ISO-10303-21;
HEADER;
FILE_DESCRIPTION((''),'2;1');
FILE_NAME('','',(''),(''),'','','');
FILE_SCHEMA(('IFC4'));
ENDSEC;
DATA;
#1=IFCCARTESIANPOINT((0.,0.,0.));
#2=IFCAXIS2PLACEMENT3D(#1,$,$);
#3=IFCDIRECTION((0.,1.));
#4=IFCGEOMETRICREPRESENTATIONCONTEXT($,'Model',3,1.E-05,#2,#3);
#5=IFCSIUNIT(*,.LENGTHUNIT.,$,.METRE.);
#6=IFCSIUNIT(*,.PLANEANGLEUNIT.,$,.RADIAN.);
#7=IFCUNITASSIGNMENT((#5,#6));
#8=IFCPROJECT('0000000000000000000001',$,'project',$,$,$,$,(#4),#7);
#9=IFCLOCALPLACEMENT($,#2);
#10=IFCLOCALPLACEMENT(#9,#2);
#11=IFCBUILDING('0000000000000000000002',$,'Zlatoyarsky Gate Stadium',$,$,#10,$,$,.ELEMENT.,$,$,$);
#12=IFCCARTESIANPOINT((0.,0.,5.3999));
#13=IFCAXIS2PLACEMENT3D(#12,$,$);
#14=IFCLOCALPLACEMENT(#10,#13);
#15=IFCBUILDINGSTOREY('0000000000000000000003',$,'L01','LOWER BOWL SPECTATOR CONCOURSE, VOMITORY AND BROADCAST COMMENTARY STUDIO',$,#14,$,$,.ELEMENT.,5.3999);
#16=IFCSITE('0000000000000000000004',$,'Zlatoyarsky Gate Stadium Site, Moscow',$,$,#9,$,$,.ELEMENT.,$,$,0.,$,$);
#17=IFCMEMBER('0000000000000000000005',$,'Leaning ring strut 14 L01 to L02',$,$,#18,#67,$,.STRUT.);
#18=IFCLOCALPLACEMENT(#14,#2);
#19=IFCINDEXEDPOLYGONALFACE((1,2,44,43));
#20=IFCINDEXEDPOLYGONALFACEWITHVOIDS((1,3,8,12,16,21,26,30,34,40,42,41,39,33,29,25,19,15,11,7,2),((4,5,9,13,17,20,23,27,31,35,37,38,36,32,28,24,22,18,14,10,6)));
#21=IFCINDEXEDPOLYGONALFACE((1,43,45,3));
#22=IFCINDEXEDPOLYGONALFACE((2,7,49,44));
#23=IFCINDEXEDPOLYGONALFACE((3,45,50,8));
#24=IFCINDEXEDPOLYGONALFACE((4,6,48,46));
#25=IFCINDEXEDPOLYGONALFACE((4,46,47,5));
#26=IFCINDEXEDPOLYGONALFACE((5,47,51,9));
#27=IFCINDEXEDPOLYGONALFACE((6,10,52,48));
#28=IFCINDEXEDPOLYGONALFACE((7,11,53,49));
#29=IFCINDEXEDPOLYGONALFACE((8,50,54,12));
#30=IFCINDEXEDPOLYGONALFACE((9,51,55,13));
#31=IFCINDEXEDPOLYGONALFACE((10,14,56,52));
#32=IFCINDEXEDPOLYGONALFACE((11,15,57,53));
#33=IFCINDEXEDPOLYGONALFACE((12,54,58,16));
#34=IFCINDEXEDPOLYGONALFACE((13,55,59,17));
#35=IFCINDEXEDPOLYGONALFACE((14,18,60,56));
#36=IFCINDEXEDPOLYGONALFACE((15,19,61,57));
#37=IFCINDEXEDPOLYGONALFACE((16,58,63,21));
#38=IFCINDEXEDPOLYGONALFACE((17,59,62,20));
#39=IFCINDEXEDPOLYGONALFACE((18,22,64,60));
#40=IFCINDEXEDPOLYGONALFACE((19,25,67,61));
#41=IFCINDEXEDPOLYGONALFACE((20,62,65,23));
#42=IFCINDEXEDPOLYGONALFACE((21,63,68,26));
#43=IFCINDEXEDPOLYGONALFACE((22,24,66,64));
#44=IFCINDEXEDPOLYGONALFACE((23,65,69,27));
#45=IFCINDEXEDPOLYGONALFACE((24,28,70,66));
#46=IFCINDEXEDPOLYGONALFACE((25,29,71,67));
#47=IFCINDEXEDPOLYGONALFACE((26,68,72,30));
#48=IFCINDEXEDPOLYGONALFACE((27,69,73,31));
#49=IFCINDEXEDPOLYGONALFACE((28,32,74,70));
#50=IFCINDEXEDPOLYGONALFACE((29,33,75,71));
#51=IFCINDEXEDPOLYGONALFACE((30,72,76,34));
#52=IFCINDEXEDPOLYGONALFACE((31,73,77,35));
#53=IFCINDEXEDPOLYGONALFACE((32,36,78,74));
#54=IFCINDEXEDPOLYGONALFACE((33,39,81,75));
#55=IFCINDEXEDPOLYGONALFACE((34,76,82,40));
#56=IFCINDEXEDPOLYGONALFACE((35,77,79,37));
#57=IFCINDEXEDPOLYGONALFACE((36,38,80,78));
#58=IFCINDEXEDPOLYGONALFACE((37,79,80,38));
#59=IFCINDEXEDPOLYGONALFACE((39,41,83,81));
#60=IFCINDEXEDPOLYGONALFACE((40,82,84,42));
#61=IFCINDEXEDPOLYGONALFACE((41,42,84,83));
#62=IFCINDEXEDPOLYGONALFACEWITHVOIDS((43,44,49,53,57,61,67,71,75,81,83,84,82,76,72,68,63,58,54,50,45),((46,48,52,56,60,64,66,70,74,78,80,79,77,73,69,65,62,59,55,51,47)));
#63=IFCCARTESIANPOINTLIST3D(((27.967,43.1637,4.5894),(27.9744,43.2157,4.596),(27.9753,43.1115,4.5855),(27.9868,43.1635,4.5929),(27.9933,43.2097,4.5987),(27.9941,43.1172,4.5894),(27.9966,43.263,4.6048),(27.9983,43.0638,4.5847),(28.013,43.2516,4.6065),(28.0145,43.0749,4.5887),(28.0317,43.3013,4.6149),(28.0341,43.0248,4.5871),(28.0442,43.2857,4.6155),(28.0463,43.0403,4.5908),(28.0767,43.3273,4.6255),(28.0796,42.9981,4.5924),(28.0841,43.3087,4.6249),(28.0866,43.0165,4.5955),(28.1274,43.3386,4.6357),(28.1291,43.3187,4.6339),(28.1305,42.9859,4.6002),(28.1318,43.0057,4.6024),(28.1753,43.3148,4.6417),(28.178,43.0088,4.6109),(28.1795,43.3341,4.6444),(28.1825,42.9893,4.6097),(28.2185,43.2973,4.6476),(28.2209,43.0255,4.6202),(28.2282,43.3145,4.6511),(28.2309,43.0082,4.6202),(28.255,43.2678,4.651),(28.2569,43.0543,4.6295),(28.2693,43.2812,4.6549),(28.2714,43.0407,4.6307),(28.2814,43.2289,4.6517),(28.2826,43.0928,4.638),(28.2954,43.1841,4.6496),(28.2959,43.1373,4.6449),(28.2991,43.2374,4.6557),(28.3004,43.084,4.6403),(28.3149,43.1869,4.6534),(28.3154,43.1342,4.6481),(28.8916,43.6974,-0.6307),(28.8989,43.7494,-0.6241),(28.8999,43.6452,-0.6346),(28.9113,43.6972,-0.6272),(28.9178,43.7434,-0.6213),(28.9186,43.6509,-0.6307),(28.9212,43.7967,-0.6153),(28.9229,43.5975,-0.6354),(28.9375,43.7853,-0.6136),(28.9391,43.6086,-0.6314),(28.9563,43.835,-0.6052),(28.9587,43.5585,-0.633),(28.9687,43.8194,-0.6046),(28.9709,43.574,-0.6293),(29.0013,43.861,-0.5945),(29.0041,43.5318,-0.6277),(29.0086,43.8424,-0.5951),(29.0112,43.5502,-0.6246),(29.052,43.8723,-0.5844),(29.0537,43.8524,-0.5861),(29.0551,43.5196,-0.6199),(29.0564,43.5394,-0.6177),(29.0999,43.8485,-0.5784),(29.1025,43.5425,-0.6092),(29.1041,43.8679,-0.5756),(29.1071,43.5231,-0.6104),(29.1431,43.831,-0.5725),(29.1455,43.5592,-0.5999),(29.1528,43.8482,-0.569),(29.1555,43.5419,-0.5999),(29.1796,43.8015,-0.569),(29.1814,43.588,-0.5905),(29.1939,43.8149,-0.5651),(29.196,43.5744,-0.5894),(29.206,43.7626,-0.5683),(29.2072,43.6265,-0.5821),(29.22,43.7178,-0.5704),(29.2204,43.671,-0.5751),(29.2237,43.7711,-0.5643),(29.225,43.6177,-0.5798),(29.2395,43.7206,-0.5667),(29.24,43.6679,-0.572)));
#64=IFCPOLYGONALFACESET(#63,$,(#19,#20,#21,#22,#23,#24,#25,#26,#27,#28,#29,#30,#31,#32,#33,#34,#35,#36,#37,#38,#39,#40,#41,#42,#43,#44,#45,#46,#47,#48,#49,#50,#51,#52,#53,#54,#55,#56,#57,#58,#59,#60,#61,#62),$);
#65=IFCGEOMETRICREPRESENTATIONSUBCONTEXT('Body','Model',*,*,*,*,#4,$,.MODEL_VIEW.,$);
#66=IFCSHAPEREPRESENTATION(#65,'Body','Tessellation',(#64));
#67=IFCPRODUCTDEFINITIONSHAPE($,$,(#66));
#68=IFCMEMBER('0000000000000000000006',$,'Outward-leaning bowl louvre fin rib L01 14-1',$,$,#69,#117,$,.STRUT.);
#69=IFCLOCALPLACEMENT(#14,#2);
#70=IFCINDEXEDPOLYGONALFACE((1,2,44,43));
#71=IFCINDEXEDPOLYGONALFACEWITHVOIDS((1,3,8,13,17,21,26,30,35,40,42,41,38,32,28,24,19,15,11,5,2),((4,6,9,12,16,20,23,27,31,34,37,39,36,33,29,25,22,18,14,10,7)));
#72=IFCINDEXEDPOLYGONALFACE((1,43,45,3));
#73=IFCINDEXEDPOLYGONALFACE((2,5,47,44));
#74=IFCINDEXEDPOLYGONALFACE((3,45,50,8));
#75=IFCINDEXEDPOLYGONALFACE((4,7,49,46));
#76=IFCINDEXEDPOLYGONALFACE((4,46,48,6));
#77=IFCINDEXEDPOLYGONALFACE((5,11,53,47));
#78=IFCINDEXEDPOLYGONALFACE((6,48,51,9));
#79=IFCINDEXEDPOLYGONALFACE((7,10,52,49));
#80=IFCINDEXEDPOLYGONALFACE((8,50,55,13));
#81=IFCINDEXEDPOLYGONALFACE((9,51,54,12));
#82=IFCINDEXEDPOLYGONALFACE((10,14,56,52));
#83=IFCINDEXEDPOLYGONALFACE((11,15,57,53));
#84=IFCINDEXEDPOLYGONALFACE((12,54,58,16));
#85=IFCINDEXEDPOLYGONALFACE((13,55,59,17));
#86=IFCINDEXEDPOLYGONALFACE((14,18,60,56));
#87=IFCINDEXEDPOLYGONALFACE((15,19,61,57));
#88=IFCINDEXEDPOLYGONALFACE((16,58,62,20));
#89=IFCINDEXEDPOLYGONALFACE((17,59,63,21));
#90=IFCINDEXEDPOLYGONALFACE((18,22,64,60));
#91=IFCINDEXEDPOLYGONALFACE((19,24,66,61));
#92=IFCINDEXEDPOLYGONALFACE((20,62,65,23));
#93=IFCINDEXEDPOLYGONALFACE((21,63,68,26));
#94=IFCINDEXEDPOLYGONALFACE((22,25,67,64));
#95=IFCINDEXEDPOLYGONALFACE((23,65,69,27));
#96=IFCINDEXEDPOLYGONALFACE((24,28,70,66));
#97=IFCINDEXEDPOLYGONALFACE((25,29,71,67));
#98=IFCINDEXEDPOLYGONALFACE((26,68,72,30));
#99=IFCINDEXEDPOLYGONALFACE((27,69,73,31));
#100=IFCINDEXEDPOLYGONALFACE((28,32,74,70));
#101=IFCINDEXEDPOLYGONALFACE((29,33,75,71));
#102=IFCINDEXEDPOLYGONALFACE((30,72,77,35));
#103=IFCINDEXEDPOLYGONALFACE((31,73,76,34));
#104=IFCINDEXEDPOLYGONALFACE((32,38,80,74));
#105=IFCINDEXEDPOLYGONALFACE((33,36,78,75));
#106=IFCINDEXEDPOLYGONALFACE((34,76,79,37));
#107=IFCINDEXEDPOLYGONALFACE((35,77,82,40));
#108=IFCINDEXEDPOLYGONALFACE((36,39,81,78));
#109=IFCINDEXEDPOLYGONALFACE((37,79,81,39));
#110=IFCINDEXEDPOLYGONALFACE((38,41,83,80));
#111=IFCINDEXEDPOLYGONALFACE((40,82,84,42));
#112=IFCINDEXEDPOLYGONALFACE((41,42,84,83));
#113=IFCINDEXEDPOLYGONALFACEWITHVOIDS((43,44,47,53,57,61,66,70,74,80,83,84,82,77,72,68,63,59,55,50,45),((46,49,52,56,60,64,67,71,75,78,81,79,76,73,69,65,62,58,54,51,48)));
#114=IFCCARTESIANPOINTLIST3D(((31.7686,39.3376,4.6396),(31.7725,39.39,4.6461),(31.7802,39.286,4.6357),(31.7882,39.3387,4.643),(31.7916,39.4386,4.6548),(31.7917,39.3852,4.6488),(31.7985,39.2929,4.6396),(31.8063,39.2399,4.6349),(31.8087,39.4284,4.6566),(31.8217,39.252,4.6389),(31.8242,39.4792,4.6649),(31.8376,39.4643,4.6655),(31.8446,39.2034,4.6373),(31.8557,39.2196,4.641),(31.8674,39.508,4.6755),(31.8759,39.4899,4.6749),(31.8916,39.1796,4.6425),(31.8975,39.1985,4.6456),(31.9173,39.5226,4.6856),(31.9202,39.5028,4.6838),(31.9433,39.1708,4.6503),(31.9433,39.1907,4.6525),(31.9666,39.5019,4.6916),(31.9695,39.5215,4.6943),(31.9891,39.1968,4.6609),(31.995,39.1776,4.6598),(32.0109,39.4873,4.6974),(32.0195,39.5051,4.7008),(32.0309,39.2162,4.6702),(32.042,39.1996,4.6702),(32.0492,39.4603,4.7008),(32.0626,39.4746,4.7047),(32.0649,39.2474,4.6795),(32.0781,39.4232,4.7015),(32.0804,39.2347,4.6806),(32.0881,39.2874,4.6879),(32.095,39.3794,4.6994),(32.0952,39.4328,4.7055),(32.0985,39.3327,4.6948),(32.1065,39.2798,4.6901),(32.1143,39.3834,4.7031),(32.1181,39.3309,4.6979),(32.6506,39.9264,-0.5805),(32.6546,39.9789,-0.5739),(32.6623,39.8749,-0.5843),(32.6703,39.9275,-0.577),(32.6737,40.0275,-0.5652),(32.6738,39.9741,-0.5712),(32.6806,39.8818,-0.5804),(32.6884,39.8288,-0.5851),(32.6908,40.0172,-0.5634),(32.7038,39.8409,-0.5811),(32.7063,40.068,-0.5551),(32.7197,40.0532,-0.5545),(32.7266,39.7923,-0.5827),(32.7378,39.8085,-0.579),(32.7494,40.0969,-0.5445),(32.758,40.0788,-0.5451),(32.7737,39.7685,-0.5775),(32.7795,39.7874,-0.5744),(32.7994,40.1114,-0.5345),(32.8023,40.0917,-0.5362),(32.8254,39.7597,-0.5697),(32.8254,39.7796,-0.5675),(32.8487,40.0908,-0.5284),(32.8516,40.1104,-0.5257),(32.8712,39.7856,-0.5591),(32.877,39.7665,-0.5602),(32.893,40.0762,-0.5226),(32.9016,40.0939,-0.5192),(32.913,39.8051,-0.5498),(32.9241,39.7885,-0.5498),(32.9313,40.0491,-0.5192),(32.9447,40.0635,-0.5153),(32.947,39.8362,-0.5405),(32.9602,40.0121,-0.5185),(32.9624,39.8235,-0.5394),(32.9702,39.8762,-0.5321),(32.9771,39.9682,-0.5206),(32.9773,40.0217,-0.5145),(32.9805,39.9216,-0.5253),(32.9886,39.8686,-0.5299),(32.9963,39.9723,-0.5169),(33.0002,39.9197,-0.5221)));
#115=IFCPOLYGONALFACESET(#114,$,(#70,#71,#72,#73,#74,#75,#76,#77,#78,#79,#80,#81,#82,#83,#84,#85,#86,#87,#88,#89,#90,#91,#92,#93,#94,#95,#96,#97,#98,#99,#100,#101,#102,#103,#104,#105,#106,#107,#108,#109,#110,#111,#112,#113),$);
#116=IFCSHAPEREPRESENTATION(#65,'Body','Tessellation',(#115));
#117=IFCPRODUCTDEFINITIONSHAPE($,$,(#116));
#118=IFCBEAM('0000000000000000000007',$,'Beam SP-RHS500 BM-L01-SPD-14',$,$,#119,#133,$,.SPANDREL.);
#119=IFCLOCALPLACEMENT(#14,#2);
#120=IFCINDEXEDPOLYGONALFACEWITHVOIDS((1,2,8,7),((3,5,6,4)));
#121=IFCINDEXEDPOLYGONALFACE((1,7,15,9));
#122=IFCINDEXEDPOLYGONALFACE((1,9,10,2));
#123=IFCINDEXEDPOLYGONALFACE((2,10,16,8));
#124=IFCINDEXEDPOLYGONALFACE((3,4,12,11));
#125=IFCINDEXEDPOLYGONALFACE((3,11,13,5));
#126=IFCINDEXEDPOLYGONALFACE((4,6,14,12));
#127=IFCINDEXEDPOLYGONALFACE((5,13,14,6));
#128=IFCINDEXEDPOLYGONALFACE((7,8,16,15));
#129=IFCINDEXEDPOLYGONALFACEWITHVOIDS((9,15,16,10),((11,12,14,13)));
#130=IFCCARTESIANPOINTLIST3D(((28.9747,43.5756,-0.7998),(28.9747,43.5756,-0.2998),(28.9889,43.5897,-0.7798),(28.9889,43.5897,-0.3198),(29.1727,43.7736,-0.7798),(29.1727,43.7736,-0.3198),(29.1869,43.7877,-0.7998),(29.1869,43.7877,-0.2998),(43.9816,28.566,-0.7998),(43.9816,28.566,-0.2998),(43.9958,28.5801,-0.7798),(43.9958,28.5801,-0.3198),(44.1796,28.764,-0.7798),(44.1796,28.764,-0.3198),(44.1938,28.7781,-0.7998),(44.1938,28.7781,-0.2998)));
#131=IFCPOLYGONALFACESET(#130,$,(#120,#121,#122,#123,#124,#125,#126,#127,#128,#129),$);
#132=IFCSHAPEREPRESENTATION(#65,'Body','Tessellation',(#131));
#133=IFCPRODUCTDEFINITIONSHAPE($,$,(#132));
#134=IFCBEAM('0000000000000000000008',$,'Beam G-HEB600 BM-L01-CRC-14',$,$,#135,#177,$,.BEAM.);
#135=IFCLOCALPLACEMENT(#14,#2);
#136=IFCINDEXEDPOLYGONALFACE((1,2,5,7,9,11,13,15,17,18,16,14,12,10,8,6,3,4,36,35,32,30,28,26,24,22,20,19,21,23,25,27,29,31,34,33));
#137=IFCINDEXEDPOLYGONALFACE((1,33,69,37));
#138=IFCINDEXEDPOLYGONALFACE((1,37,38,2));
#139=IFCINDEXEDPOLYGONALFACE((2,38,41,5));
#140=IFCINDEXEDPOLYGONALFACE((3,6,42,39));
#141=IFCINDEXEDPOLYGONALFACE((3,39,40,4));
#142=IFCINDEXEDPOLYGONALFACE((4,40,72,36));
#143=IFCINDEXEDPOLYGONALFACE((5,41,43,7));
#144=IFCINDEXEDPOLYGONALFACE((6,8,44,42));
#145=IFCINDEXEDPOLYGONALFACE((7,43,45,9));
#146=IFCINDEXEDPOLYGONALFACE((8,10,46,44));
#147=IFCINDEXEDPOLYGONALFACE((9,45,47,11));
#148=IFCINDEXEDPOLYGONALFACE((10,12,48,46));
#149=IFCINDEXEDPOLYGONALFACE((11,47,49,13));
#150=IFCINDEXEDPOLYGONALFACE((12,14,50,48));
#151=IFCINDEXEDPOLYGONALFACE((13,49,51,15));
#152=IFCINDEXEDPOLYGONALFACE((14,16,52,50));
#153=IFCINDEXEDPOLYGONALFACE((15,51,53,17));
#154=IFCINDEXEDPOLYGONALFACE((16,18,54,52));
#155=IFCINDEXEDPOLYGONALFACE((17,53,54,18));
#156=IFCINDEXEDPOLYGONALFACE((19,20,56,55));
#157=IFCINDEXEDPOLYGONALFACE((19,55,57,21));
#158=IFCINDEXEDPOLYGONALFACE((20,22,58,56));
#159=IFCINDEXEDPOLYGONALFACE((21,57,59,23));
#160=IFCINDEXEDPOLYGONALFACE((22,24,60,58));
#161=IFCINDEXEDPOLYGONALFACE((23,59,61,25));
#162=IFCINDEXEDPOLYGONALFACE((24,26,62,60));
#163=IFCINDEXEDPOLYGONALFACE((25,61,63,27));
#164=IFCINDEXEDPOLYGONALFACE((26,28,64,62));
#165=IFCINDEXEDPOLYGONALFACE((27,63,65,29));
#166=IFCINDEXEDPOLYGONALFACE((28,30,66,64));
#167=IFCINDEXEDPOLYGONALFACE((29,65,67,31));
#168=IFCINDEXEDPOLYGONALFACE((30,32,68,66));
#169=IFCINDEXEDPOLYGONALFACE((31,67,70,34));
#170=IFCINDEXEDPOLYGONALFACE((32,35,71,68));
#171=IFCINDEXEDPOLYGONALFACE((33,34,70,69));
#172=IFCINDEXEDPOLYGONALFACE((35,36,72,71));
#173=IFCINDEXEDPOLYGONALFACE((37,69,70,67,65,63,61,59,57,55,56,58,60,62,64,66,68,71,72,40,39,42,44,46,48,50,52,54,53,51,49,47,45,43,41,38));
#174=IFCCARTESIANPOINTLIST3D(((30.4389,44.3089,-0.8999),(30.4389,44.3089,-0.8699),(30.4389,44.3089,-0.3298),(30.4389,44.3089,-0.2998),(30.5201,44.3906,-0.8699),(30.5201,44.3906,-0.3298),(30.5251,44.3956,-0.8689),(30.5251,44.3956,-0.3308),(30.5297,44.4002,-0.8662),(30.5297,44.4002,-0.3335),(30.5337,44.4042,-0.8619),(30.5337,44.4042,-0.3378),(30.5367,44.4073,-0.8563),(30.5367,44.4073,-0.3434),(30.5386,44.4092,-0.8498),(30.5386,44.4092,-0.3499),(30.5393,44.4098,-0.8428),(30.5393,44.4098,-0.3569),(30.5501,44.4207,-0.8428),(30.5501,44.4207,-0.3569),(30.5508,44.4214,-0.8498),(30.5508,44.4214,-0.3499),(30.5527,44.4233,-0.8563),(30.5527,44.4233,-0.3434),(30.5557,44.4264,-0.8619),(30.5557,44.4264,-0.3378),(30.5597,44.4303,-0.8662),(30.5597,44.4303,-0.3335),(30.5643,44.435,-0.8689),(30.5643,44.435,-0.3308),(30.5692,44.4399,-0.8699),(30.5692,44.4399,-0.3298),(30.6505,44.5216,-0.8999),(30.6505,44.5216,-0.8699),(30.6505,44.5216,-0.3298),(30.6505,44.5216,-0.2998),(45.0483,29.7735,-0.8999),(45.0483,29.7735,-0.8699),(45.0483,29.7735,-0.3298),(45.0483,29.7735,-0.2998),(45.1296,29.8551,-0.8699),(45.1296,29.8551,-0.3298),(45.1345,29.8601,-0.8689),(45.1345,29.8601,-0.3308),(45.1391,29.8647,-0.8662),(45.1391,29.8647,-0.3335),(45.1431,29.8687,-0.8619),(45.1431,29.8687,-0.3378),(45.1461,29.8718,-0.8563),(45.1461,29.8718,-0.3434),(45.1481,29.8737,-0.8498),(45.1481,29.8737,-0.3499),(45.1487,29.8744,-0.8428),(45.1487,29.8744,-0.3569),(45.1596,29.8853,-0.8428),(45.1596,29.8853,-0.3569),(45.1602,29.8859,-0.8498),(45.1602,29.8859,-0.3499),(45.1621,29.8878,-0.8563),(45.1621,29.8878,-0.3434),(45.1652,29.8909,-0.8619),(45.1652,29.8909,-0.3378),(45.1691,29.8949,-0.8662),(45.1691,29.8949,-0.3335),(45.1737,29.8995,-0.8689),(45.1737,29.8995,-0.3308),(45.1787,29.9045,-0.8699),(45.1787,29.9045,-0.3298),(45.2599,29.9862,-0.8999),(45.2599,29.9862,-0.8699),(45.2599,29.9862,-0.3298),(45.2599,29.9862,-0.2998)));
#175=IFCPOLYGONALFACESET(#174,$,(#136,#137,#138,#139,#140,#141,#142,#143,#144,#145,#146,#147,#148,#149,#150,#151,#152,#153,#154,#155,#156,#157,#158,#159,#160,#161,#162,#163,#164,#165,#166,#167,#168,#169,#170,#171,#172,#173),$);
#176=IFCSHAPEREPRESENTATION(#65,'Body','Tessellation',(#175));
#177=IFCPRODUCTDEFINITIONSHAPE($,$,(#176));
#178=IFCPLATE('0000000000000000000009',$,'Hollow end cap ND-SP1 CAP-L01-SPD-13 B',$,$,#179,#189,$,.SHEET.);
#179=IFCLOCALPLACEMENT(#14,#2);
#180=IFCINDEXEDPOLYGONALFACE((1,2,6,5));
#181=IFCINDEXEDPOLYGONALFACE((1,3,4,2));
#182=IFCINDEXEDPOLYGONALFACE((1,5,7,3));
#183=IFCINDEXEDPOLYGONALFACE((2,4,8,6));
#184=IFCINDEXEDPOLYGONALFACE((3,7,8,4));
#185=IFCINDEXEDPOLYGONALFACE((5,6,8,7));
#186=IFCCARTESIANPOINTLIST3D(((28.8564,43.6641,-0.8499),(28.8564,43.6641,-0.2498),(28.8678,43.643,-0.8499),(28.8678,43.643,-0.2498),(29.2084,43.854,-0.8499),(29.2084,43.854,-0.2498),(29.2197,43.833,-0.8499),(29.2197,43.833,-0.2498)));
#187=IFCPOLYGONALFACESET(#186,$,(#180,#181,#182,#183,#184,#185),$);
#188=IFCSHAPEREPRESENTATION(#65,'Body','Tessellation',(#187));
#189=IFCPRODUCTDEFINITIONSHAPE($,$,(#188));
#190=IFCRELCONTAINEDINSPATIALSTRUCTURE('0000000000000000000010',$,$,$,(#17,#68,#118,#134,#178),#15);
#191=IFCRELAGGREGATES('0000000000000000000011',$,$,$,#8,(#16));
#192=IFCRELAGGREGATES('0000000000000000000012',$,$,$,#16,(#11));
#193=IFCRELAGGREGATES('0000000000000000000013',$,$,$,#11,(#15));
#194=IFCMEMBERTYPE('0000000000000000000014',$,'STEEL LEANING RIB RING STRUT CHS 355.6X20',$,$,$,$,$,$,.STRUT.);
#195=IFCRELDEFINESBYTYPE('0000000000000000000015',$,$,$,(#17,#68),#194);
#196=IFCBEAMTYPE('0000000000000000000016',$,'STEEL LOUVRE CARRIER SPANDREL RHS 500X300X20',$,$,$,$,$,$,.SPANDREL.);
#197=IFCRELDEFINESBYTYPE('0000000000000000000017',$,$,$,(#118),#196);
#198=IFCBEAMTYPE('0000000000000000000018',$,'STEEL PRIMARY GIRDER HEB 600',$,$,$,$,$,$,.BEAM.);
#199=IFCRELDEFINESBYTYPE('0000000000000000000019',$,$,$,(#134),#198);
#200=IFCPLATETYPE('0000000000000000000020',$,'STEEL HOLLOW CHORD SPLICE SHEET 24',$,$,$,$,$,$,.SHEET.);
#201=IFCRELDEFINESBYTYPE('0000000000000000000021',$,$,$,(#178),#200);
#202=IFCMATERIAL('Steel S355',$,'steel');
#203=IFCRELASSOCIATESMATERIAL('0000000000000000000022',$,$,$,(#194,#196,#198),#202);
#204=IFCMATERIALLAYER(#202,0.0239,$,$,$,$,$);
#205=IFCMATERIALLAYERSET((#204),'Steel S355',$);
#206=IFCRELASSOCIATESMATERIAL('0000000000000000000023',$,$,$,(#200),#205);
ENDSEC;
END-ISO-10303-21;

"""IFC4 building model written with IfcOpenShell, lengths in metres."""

from ifc_helpers import new_model, si_unit, direction, frame, origin, origin_2d, place, context, subcontext, project, spatial, rectangle, hollow_rectangle, hollow_circle, i_section, extrude, material, layer, layer_set, material_profile, profile_set, type_object, element, save


model = new_model("IFC4")

# Units and contexts
model_context = context("Model", 3, precision=1e-05, world=origin(), true_north=direction((0.0, 1.0)))
body_context = subcontext(model_context, "Body", "Model", "MODEL_VIEW")
ifc_project = project(units=[si_unit("LENGTHUNIT", "METRE"), si_unit("PLANEANGLEUNIT", "RADIAN")], contexts=[model_context])

# Site, building, storey
site_placement = place(None, origin())
site = spatial("IfcSite", under=ifc_project, at=site_placement, Name="Zlatoyarsky Gate Stadium Site, Moscow", CompositionType="ELEMENT", RefElevation=0.0)
building_placement = place(site_placement, origin())
building = spatial("IfcBuilding", under=site, at=building_placement, Name="Zlatoyarsky Gate Stadium", CompositionType="ELEMENT")
storey_placement = place(building_placement, frame((0.0, 0.0, 5.3999)))
storey = spatial("IfcBuildingStorey", under=building, at=storey_placement, Name="L01", Description="LOWER BOWL SPECTATOR CONCOURSE, VOMITORY AND BROADCAST COMMENTARY STUDIO", CompositionType="ELEMENT", Elevation=5.3999)

# Members
ifc_material_1 = material(Name="Steel S355", Category="steel")
ifc_material_profile_1 = material_profile(ifc_material_1, hollow_circle(Radius=0.1777, WallThickness=0.02, at=origin_2d()), Name="CHS 355.6X20")
ifc_profile_set_1 = profile_set([ifc_material_profile_1], Name="Steel S355")
member_type_1 = type_object("IfcMemberType", Name="STEEL LEANING RIB RING STRUT CHS 355.6X20", PredefinedType="STRUT", material=ifc_profile_set_1)
member_1_placement = place(storey_placement, frame((29.0667, 43.6958, -0.5999), z_axis=(-0.173528, -0.100167, 0.979722), x_axis=(0.499927, -0.866068, 0.0)))
element("IfcMember", 1, at=member_1_placement, inside=storey, type_object=member_type_1, Name="Leaning ring strut 14 L01 to L02", PredefinedType="STRUT", context=body_context, shape_type="SweptSolid", body=[
    extrude(hollow_circle(Radius=0.1777, WallThickness=0.02, at=origin_2d()), origin(), (0.0, 0.0, 1.0), 5.3281),
])
member_2_placement = place(storey_placement, frame((32.8254, 39.9363, -0.5498), z_axis=(-0.165598, -0.110552, 0.979977), x_axis=(0.555231, -0.831696, 0.0)))
element("IfcMember", 2, at=member_2_placement, inside=storey, type_object=member_type_1, Name="Outward-leaning bowl louvre fin rib L01 14-1", PredefinedType="STRUT", context=body_context, shape_type="SweptSolid", body=[
    extrude(hollow_circle(Radius=0.1777, WallThickness=0.02, at=origin_2d()), origin(), (0.0, 0.0, 1.0), 5.3267),
])

# Beams
ifc_material_profile_2 = material_profile(ifc_material_1, hollow_rectangle(XDim=0.3, YDim=0.5, WallThickness=0.02, at=origin_2d()), Name="RHS 500X300X20")
ifc_profile_set_2 = profile_set([ifc_material_profile_2], Name="Steel S355")
beam_type_1 = type_object("IfcBeamType", Name="STEEL LOUVRE CARRIER SPANDREL RHS 500X300X20", PredefinedType="SPANDREL", material=ifc_profile_set_2)
beam_1_placement = place(storey_placement, frame((29.0808, 43.6816, -0.5498), z_axis=(0.707044, -0.70717, 0.0), x_axis=(0.70717, 0.707044, 0.0)))
element("IfcBeam", 3, at=beam_1_placement, inside=storey, type_object=beam_type_1, Name="Beam SP-RHS500 BM-L01-SPD-14", PredefinedType="SPANDREL", context=body_context, shape_type="SweptSolid", body=[
    extrude(hollow_rectangle(XDim=0.3, YDim=0.5, WallThickness=0.02, at=origin_2d()), origin(), (0.0, 0.0, 1.0), 21.2249),
])
ifc_material_profile_3 = material_profile(ifc_material_1, i_section(OverallWidth=0.3, OverallDepth=0.6001, WebThickness=0.0154, FlangeThickness=0.03, FilletRadius=0.0271, at=origin_2d()), Name="HEB 600")
ifc_profile_set_3 = profile_set([ifc_material_profile_3], Name="Steel S355")
beam_type_2 = type_object("IfcBeamType", Name="STEEL PRIMARY GIRDER HEB 600", PredefinedType="BEAM", material=ifc_profile_set_3)
beam_2_placement = place(storey_placement, frame((30.5447, 44.4153, -0.5999), z_axis=(0.708899, -0.70531, 0.0), x_axis=(0.70531, 0.708899, 0.0)))
element("IfcBeam", 4, at=beam_2_placement, inside=storey, type_object=beam_type_2, Name="Beam G-HEB600 BM-L01-CRC-14", PredefinedType="BEAM", context=body_context, shape_type="SweptSolid", body=[
    extrude(i_section(OverallWidth=0.3, OverallDepth=0.6001, WebThickness=0.0154, FlangeThickness=0.03, FilletRadius=0.0271, at=origin_2d()), origin(), (0.0, 0.0, 1.0), 20.6086),
])

# Plate
ifc_layer_1 = layer(ifc_material_1, 0.0239)
ifc_layer_set_1 = layer_set([ifc_layer_1], Name="Steel S355")
plate_type_1 = type_object("IfcPlateType", Name="STEEL HOLLOW CHORD SPLICE SHEET 24", PredefinedType="SHEET", material=ifc_layer_set_1)
for number, where, z_axis, x_axis, name in (
    (5, (29.0381, 43.7485, -0.8499), (0.0, 0.0, 1.0), (0.474958, -0.880009, 0.0), "Hollow end cap ND-SP1 CAP-L01-SPD-13 B"),
):
    element("IfcPlate", number, at=place(storey_placement, frame(where, z_axis=z_axis, x_axis=x_axis)), inside=storey, type_object=plate_type_1, Name=name, PredefinedType="SHEET", context=body_context, shape_type="SweptSolid", body=[
        extrude(rectangle(XDim=0.0239, YDim=0.3999, at=origin_2d()), origin(), (0.0, 0.0, 1.0), 0.6001),
    ])

save(model, "model.ifc")
